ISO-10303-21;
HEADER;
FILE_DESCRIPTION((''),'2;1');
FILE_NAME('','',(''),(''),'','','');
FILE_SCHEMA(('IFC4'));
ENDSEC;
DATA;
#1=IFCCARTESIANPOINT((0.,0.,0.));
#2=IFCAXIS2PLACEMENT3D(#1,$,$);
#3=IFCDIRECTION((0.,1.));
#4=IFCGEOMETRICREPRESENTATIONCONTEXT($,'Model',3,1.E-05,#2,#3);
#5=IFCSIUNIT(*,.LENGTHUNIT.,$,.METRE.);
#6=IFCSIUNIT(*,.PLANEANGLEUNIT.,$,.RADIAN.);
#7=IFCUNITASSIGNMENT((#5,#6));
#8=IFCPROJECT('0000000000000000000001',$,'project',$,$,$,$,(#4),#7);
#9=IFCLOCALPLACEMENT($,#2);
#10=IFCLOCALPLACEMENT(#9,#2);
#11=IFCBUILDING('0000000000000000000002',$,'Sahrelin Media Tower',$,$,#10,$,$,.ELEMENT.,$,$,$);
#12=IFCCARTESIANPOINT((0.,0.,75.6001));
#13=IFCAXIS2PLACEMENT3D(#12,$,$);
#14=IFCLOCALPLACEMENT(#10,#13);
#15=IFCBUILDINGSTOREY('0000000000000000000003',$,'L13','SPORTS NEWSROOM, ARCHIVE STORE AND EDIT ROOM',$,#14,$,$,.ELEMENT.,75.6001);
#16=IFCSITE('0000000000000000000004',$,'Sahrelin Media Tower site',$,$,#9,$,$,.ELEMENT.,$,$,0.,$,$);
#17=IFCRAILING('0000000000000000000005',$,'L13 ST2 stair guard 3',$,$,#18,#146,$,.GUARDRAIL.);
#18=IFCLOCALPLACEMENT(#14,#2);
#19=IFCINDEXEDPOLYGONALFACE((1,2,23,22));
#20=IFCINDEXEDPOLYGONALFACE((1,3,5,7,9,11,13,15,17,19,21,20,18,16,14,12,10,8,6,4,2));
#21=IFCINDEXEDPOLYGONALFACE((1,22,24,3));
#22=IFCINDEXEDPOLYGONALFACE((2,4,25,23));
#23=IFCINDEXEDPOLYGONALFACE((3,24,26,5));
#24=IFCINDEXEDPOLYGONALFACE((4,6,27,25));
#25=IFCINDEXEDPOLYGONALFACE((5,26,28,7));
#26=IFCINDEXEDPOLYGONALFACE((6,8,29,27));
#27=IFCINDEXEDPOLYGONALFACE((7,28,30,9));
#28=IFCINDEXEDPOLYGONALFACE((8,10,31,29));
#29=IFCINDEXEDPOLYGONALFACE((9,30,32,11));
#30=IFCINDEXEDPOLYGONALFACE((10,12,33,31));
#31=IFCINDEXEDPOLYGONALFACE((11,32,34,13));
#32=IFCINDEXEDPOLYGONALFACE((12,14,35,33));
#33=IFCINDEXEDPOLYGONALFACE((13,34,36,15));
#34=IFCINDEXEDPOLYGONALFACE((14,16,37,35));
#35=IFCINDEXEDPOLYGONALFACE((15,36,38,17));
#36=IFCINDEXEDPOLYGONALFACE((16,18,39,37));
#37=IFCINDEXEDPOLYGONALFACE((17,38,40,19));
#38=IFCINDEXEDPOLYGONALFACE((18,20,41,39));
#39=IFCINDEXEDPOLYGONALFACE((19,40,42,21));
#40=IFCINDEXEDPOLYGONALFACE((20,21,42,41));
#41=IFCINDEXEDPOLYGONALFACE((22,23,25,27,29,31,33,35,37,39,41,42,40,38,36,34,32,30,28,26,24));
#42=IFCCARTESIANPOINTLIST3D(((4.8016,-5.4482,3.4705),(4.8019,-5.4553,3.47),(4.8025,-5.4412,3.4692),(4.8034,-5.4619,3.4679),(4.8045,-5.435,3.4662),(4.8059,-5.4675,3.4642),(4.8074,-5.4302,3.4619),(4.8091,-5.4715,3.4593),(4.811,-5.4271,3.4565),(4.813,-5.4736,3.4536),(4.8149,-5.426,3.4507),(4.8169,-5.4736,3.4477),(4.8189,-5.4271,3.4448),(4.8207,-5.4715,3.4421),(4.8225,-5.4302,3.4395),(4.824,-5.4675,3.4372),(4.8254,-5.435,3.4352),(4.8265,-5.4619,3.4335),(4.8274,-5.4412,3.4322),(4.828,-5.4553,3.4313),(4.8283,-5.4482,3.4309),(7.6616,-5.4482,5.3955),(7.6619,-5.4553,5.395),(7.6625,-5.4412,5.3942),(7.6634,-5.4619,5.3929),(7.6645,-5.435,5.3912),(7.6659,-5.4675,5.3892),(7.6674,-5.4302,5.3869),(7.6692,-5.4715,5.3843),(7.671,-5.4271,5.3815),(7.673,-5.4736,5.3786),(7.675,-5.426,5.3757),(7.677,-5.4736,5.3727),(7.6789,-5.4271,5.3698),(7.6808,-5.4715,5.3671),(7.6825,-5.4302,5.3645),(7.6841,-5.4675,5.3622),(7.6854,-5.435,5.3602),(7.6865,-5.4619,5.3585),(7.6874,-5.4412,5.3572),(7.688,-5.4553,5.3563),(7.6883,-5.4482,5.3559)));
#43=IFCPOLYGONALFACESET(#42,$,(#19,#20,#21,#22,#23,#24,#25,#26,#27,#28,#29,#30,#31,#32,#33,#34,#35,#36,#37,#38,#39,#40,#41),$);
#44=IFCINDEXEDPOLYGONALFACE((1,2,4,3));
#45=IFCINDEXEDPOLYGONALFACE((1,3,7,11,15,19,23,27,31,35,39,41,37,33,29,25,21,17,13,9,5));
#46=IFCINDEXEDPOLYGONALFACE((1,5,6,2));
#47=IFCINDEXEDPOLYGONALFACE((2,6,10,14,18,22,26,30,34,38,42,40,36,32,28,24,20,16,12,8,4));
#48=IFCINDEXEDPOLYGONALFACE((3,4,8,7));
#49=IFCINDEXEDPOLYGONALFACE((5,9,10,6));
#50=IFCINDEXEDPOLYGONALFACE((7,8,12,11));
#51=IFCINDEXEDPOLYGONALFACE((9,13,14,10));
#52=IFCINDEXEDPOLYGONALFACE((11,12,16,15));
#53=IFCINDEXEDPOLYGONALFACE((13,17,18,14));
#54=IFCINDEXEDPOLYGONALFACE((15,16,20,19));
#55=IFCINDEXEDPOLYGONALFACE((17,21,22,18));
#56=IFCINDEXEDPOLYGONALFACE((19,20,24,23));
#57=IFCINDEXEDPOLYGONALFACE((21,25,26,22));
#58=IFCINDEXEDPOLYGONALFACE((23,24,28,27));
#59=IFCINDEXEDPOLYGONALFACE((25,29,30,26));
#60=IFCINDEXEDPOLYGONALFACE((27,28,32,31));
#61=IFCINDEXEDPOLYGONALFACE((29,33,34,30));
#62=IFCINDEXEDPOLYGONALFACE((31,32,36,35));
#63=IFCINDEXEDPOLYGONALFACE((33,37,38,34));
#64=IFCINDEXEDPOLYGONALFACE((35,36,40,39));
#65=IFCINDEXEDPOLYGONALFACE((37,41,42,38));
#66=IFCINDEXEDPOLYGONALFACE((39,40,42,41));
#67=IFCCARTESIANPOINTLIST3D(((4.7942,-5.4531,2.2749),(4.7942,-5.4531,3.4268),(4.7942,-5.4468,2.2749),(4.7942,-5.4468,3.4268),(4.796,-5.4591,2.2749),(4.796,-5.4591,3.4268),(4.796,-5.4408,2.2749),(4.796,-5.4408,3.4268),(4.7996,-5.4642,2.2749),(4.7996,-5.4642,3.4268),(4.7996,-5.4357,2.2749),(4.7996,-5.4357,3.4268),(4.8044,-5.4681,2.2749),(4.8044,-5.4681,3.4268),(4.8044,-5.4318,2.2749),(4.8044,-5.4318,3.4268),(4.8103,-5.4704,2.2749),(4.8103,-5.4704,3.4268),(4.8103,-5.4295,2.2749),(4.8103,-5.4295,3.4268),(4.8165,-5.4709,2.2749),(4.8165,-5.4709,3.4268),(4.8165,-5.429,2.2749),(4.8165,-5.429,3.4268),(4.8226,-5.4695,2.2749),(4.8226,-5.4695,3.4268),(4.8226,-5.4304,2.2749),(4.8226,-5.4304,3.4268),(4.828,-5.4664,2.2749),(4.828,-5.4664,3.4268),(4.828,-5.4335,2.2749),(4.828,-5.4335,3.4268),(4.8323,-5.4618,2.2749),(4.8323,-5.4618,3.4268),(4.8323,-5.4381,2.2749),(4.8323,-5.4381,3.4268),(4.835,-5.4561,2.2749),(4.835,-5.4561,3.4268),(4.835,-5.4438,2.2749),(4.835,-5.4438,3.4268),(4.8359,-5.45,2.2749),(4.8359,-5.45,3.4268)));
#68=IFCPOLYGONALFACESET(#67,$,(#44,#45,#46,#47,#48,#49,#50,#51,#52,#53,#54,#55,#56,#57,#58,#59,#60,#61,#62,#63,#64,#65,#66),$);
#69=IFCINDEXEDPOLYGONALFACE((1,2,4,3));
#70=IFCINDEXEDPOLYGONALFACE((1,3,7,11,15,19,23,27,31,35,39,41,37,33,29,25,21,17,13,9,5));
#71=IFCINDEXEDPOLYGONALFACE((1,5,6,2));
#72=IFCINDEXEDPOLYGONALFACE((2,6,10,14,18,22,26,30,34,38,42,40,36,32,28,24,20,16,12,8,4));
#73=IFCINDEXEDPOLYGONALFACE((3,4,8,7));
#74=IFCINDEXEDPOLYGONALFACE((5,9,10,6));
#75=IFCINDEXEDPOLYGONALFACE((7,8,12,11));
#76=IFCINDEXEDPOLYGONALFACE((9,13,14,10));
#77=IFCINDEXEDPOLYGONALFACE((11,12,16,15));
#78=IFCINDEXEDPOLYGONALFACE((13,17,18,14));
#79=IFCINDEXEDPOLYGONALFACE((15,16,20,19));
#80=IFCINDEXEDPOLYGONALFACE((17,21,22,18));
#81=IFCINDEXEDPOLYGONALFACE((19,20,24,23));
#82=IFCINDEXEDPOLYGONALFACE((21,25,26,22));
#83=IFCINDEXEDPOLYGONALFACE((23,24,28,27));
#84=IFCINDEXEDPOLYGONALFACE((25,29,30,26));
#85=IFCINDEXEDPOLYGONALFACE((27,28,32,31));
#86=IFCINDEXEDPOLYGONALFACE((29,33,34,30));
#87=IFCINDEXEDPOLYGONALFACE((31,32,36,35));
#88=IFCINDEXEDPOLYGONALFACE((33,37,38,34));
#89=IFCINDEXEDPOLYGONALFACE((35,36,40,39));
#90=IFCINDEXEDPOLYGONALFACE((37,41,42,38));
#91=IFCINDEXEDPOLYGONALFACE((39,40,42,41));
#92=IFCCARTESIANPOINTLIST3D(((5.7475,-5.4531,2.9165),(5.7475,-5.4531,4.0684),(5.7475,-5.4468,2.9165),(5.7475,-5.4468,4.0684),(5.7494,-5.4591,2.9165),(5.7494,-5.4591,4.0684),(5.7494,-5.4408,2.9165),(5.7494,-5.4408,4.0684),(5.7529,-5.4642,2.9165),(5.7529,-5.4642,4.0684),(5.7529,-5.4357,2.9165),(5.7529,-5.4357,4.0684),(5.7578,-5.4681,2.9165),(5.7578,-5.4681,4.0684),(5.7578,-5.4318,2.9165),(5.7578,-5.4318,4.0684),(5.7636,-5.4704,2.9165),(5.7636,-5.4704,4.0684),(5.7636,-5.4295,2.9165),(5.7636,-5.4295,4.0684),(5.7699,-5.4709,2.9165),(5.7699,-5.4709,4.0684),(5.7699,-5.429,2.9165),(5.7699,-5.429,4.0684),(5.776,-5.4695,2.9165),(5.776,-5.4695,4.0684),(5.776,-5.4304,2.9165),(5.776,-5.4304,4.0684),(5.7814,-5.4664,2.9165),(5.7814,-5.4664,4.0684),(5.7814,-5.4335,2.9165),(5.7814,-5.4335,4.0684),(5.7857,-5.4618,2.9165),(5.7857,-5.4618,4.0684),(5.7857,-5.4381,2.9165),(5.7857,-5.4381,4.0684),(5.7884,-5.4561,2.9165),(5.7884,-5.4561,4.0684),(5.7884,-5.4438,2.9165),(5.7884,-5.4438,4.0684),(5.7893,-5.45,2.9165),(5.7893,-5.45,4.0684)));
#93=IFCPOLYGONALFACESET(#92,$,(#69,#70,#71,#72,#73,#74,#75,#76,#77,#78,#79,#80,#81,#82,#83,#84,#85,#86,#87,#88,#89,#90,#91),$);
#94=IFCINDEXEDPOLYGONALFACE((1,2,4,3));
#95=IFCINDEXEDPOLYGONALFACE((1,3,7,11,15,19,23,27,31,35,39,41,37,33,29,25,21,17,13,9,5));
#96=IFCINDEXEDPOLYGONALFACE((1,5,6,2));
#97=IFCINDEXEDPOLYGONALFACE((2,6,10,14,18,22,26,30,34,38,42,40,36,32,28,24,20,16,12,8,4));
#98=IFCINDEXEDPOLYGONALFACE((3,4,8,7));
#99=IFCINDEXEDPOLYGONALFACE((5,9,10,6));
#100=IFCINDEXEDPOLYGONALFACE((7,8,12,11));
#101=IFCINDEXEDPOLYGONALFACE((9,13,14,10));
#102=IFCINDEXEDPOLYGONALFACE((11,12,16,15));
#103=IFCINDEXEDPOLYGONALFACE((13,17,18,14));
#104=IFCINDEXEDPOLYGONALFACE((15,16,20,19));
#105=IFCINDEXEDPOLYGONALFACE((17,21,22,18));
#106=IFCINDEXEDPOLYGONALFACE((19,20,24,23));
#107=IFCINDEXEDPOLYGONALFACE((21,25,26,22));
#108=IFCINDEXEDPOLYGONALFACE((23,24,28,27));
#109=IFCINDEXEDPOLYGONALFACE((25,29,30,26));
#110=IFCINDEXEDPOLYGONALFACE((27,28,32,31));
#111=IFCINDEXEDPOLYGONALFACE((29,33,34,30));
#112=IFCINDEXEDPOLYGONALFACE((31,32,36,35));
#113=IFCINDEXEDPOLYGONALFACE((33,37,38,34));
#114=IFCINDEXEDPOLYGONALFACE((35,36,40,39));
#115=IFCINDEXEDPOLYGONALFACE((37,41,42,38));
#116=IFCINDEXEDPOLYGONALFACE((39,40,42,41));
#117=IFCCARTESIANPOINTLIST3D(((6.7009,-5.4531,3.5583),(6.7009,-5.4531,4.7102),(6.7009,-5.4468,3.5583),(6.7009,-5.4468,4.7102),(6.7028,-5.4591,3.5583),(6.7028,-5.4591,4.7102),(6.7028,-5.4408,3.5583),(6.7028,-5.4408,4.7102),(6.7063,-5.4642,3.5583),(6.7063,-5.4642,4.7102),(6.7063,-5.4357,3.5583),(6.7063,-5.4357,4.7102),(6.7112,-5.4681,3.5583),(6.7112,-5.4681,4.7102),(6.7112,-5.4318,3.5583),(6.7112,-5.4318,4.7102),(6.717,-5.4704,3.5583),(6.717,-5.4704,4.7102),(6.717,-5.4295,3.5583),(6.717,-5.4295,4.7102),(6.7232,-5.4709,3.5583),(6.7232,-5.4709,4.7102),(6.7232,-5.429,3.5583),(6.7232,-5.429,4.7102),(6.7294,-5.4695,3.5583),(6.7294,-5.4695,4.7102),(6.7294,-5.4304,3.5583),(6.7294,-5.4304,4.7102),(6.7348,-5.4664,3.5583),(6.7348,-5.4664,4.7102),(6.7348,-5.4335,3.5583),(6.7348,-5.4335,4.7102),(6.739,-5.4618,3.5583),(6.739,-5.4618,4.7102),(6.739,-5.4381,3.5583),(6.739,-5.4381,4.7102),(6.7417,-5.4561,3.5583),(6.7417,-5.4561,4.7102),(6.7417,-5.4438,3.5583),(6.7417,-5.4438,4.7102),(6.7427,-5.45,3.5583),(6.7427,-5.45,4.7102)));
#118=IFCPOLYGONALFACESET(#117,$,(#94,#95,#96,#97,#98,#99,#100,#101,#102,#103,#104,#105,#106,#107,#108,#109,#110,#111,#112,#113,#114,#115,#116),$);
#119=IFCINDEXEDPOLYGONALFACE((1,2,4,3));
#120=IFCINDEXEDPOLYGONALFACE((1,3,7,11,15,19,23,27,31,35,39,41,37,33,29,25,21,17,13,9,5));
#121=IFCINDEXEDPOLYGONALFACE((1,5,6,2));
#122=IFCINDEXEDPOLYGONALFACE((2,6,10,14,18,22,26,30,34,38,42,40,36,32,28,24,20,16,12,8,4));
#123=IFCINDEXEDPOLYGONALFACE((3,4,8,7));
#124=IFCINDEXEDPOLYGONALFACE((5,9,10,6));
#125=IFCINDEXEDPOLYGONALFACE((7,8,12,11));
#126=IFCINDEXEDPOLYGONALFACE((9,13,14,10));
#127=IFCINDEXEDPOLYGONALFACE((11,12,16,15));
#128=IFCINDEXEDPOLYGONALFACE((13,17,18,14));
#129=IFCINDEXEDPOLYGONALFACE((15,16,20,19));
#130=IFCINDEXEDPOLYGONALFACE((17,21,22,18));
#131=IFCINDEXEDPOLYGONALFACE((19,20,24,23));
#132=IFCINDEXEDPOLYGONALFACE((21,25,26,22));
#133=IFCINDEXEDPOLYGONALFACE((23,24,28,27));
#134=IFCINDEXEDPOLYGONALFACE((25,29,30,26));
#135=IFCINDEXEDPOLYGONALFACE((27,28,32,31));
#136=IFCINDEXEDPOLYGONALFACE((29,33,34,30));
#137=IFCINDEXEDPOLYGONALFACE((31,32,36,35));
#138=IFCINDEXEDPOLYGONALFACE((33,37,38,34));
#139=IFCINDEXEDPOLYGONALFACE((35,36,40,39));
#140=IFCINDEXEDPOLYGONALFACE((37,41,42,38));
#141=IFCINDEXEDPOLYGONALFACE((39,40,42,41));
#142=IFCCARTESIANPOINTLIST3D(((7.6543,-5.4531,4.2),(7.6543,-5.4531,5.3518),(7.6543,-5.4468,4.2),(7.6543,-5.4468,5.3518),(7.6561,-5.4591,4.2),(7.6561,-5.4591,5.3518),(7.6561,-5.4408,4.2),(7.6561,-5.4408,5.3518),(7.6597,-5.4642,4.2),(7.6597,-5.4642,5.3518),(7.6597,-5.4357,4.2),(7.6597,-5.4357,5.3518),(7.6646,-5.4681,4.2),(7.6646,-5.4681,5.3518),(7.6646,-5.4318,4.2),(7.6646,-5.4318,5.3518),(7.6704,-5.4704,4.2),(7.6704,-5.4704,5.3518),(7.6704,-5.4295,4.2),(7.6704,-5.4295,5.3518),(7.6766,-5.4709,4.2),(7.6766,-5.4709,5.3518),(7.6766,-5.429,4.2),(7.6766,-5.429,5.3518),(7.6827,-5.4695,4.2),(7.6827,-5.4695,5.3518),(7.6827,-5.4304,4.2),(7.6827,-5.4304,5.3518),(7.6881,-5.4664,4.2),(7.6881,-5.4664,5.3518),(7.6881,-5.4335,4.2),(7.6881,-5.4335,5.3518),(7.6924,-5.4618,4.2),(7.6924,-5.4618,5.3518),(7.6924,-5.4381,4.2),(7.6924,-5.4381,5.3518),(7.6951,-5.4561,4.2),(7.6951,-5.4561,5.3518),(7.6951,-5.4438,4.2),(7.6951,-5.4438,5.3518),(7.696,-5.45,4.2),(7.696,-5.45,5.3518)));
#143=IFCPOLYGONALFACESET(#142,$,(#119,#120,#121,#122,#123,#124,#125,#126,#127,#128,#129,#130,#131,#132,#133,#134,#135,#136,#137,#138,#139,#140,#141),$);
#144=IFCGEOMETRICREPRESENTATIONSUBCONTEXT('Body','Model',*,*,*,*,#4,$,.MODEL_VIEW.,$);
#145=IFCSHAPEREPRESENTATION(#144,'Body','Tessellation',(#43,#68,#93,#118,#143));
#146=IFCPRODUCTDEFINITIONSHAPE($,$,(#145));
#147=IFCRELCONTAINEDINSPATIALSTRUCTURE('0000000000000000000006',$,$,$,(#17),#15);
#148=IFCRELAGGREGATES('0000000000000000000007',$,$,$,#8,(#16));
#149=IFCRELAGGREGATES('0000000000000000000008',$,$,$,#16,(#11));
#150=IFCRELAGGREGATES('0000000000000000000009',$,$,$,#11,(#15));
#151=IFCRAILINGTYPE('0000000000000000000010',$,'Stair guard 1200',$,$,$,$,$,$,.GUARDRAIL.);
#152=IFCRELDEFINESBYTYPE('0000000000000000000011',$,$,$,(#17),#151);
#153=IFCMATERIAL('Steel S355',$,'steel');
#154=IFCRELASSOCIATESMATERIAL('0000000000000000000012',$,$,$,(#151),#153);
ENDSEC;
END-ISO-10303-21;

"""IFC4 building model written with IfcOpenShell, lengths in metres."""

from ifc_helpers import new_model, si_unit, direction, frame, origin, origin_2d, place, context, subcontext, project, spatial, circle, extrude, material, type_object, element, save


model = new_model("IFC4")

# Units and contexts
model_context = context("Model", 3, precision=1e-05, world=origin(), true_north=direction((0.0, 1.0)))
body_context = subcontext(model_context, "Body", "Model", "MODEL_VIEW")
ifc_project = project(units=[si_unit("LENGTHUNIT", "METRE"), si_unit("PLANEANGLEUNIT", "RADIAN")], contexts=[model_context])

# Site, building, storey
site_placement = place(None, origin())
site = spatial("IfcSite", under=ifc_project, at=site_placement, Name="Sahrelin Media Tower site", CompositionType="ELEMENT", RefElevation=0.0)
building_placement = place(site_placement, origin())
building = spatial("IfcBuilding", under=site, at=building_placement, Name="Sahrelin Media Tower", CompositionType="ELEMENT")
storey_placement = place(building_placement, frame((0.0, 0.0, 75.6001)))
storey = spatial("IfcBuildingStorey", under=building, at=storey_placement, Name="L13", Description="SPORTS NEWSROOM, ARCHIVE STORE AND EDIT ROOM", CompositionType="ELEMENT", Elevation=75.6001)

# Shared definitions
ifc_material_1 = material(Name="Steel S355", Category="steel")

# Railing
railing_type_1 = type_object("IfcRailingType", Name="Stair guard 1200", PredefinedType="GUARDRAIL", material=ifc_material_1)
railing_1_placement = place(storey_placement, frame((4.8149, -5.45, 2.2749)))
element("IfcRailing", 1, at=railing_1_placement, inside=storey, type_object=railing_type_1, Name="L13 ST2 stair guard 3", PredefinedType="GUARDRAIL", context=body_context, shape_type="SweptSolid", body=[
    extrude(circle(Radius=0.0239, at=origin_2d()), frame((0.0, 0.0, 1.1758), z_axis=(0.829591, 0.0, 0.558372), x_axis=(0.0, 1.0, 0.0)), (0.0, 0.0, 1.0), 3.4475),
    extrude(circle(Radius=0.021, at=origin_2d()), origin(), (0.0, 0.0, 1.0), 1.1519),
    extrude(circle(Radius=0.021, at=origin_2d()), frame((0.9534, 0.0, 0.6416)), (0.0, 0.0, 1.0), 1.1519),
    extrude(circle(Radius=0.021, at=origin_2d()), frame((1.9067, 0.0, 1.2834)), (0.0, 0.0, 1.0), 1.1519),
    extrude(circle(Radius=0.021, at=origin_2d()), frame((2.8601, 0.0, 1.925)), (0.0, 0.0, 1.0), 1.1519),
])

save(model, "model.ifc")
